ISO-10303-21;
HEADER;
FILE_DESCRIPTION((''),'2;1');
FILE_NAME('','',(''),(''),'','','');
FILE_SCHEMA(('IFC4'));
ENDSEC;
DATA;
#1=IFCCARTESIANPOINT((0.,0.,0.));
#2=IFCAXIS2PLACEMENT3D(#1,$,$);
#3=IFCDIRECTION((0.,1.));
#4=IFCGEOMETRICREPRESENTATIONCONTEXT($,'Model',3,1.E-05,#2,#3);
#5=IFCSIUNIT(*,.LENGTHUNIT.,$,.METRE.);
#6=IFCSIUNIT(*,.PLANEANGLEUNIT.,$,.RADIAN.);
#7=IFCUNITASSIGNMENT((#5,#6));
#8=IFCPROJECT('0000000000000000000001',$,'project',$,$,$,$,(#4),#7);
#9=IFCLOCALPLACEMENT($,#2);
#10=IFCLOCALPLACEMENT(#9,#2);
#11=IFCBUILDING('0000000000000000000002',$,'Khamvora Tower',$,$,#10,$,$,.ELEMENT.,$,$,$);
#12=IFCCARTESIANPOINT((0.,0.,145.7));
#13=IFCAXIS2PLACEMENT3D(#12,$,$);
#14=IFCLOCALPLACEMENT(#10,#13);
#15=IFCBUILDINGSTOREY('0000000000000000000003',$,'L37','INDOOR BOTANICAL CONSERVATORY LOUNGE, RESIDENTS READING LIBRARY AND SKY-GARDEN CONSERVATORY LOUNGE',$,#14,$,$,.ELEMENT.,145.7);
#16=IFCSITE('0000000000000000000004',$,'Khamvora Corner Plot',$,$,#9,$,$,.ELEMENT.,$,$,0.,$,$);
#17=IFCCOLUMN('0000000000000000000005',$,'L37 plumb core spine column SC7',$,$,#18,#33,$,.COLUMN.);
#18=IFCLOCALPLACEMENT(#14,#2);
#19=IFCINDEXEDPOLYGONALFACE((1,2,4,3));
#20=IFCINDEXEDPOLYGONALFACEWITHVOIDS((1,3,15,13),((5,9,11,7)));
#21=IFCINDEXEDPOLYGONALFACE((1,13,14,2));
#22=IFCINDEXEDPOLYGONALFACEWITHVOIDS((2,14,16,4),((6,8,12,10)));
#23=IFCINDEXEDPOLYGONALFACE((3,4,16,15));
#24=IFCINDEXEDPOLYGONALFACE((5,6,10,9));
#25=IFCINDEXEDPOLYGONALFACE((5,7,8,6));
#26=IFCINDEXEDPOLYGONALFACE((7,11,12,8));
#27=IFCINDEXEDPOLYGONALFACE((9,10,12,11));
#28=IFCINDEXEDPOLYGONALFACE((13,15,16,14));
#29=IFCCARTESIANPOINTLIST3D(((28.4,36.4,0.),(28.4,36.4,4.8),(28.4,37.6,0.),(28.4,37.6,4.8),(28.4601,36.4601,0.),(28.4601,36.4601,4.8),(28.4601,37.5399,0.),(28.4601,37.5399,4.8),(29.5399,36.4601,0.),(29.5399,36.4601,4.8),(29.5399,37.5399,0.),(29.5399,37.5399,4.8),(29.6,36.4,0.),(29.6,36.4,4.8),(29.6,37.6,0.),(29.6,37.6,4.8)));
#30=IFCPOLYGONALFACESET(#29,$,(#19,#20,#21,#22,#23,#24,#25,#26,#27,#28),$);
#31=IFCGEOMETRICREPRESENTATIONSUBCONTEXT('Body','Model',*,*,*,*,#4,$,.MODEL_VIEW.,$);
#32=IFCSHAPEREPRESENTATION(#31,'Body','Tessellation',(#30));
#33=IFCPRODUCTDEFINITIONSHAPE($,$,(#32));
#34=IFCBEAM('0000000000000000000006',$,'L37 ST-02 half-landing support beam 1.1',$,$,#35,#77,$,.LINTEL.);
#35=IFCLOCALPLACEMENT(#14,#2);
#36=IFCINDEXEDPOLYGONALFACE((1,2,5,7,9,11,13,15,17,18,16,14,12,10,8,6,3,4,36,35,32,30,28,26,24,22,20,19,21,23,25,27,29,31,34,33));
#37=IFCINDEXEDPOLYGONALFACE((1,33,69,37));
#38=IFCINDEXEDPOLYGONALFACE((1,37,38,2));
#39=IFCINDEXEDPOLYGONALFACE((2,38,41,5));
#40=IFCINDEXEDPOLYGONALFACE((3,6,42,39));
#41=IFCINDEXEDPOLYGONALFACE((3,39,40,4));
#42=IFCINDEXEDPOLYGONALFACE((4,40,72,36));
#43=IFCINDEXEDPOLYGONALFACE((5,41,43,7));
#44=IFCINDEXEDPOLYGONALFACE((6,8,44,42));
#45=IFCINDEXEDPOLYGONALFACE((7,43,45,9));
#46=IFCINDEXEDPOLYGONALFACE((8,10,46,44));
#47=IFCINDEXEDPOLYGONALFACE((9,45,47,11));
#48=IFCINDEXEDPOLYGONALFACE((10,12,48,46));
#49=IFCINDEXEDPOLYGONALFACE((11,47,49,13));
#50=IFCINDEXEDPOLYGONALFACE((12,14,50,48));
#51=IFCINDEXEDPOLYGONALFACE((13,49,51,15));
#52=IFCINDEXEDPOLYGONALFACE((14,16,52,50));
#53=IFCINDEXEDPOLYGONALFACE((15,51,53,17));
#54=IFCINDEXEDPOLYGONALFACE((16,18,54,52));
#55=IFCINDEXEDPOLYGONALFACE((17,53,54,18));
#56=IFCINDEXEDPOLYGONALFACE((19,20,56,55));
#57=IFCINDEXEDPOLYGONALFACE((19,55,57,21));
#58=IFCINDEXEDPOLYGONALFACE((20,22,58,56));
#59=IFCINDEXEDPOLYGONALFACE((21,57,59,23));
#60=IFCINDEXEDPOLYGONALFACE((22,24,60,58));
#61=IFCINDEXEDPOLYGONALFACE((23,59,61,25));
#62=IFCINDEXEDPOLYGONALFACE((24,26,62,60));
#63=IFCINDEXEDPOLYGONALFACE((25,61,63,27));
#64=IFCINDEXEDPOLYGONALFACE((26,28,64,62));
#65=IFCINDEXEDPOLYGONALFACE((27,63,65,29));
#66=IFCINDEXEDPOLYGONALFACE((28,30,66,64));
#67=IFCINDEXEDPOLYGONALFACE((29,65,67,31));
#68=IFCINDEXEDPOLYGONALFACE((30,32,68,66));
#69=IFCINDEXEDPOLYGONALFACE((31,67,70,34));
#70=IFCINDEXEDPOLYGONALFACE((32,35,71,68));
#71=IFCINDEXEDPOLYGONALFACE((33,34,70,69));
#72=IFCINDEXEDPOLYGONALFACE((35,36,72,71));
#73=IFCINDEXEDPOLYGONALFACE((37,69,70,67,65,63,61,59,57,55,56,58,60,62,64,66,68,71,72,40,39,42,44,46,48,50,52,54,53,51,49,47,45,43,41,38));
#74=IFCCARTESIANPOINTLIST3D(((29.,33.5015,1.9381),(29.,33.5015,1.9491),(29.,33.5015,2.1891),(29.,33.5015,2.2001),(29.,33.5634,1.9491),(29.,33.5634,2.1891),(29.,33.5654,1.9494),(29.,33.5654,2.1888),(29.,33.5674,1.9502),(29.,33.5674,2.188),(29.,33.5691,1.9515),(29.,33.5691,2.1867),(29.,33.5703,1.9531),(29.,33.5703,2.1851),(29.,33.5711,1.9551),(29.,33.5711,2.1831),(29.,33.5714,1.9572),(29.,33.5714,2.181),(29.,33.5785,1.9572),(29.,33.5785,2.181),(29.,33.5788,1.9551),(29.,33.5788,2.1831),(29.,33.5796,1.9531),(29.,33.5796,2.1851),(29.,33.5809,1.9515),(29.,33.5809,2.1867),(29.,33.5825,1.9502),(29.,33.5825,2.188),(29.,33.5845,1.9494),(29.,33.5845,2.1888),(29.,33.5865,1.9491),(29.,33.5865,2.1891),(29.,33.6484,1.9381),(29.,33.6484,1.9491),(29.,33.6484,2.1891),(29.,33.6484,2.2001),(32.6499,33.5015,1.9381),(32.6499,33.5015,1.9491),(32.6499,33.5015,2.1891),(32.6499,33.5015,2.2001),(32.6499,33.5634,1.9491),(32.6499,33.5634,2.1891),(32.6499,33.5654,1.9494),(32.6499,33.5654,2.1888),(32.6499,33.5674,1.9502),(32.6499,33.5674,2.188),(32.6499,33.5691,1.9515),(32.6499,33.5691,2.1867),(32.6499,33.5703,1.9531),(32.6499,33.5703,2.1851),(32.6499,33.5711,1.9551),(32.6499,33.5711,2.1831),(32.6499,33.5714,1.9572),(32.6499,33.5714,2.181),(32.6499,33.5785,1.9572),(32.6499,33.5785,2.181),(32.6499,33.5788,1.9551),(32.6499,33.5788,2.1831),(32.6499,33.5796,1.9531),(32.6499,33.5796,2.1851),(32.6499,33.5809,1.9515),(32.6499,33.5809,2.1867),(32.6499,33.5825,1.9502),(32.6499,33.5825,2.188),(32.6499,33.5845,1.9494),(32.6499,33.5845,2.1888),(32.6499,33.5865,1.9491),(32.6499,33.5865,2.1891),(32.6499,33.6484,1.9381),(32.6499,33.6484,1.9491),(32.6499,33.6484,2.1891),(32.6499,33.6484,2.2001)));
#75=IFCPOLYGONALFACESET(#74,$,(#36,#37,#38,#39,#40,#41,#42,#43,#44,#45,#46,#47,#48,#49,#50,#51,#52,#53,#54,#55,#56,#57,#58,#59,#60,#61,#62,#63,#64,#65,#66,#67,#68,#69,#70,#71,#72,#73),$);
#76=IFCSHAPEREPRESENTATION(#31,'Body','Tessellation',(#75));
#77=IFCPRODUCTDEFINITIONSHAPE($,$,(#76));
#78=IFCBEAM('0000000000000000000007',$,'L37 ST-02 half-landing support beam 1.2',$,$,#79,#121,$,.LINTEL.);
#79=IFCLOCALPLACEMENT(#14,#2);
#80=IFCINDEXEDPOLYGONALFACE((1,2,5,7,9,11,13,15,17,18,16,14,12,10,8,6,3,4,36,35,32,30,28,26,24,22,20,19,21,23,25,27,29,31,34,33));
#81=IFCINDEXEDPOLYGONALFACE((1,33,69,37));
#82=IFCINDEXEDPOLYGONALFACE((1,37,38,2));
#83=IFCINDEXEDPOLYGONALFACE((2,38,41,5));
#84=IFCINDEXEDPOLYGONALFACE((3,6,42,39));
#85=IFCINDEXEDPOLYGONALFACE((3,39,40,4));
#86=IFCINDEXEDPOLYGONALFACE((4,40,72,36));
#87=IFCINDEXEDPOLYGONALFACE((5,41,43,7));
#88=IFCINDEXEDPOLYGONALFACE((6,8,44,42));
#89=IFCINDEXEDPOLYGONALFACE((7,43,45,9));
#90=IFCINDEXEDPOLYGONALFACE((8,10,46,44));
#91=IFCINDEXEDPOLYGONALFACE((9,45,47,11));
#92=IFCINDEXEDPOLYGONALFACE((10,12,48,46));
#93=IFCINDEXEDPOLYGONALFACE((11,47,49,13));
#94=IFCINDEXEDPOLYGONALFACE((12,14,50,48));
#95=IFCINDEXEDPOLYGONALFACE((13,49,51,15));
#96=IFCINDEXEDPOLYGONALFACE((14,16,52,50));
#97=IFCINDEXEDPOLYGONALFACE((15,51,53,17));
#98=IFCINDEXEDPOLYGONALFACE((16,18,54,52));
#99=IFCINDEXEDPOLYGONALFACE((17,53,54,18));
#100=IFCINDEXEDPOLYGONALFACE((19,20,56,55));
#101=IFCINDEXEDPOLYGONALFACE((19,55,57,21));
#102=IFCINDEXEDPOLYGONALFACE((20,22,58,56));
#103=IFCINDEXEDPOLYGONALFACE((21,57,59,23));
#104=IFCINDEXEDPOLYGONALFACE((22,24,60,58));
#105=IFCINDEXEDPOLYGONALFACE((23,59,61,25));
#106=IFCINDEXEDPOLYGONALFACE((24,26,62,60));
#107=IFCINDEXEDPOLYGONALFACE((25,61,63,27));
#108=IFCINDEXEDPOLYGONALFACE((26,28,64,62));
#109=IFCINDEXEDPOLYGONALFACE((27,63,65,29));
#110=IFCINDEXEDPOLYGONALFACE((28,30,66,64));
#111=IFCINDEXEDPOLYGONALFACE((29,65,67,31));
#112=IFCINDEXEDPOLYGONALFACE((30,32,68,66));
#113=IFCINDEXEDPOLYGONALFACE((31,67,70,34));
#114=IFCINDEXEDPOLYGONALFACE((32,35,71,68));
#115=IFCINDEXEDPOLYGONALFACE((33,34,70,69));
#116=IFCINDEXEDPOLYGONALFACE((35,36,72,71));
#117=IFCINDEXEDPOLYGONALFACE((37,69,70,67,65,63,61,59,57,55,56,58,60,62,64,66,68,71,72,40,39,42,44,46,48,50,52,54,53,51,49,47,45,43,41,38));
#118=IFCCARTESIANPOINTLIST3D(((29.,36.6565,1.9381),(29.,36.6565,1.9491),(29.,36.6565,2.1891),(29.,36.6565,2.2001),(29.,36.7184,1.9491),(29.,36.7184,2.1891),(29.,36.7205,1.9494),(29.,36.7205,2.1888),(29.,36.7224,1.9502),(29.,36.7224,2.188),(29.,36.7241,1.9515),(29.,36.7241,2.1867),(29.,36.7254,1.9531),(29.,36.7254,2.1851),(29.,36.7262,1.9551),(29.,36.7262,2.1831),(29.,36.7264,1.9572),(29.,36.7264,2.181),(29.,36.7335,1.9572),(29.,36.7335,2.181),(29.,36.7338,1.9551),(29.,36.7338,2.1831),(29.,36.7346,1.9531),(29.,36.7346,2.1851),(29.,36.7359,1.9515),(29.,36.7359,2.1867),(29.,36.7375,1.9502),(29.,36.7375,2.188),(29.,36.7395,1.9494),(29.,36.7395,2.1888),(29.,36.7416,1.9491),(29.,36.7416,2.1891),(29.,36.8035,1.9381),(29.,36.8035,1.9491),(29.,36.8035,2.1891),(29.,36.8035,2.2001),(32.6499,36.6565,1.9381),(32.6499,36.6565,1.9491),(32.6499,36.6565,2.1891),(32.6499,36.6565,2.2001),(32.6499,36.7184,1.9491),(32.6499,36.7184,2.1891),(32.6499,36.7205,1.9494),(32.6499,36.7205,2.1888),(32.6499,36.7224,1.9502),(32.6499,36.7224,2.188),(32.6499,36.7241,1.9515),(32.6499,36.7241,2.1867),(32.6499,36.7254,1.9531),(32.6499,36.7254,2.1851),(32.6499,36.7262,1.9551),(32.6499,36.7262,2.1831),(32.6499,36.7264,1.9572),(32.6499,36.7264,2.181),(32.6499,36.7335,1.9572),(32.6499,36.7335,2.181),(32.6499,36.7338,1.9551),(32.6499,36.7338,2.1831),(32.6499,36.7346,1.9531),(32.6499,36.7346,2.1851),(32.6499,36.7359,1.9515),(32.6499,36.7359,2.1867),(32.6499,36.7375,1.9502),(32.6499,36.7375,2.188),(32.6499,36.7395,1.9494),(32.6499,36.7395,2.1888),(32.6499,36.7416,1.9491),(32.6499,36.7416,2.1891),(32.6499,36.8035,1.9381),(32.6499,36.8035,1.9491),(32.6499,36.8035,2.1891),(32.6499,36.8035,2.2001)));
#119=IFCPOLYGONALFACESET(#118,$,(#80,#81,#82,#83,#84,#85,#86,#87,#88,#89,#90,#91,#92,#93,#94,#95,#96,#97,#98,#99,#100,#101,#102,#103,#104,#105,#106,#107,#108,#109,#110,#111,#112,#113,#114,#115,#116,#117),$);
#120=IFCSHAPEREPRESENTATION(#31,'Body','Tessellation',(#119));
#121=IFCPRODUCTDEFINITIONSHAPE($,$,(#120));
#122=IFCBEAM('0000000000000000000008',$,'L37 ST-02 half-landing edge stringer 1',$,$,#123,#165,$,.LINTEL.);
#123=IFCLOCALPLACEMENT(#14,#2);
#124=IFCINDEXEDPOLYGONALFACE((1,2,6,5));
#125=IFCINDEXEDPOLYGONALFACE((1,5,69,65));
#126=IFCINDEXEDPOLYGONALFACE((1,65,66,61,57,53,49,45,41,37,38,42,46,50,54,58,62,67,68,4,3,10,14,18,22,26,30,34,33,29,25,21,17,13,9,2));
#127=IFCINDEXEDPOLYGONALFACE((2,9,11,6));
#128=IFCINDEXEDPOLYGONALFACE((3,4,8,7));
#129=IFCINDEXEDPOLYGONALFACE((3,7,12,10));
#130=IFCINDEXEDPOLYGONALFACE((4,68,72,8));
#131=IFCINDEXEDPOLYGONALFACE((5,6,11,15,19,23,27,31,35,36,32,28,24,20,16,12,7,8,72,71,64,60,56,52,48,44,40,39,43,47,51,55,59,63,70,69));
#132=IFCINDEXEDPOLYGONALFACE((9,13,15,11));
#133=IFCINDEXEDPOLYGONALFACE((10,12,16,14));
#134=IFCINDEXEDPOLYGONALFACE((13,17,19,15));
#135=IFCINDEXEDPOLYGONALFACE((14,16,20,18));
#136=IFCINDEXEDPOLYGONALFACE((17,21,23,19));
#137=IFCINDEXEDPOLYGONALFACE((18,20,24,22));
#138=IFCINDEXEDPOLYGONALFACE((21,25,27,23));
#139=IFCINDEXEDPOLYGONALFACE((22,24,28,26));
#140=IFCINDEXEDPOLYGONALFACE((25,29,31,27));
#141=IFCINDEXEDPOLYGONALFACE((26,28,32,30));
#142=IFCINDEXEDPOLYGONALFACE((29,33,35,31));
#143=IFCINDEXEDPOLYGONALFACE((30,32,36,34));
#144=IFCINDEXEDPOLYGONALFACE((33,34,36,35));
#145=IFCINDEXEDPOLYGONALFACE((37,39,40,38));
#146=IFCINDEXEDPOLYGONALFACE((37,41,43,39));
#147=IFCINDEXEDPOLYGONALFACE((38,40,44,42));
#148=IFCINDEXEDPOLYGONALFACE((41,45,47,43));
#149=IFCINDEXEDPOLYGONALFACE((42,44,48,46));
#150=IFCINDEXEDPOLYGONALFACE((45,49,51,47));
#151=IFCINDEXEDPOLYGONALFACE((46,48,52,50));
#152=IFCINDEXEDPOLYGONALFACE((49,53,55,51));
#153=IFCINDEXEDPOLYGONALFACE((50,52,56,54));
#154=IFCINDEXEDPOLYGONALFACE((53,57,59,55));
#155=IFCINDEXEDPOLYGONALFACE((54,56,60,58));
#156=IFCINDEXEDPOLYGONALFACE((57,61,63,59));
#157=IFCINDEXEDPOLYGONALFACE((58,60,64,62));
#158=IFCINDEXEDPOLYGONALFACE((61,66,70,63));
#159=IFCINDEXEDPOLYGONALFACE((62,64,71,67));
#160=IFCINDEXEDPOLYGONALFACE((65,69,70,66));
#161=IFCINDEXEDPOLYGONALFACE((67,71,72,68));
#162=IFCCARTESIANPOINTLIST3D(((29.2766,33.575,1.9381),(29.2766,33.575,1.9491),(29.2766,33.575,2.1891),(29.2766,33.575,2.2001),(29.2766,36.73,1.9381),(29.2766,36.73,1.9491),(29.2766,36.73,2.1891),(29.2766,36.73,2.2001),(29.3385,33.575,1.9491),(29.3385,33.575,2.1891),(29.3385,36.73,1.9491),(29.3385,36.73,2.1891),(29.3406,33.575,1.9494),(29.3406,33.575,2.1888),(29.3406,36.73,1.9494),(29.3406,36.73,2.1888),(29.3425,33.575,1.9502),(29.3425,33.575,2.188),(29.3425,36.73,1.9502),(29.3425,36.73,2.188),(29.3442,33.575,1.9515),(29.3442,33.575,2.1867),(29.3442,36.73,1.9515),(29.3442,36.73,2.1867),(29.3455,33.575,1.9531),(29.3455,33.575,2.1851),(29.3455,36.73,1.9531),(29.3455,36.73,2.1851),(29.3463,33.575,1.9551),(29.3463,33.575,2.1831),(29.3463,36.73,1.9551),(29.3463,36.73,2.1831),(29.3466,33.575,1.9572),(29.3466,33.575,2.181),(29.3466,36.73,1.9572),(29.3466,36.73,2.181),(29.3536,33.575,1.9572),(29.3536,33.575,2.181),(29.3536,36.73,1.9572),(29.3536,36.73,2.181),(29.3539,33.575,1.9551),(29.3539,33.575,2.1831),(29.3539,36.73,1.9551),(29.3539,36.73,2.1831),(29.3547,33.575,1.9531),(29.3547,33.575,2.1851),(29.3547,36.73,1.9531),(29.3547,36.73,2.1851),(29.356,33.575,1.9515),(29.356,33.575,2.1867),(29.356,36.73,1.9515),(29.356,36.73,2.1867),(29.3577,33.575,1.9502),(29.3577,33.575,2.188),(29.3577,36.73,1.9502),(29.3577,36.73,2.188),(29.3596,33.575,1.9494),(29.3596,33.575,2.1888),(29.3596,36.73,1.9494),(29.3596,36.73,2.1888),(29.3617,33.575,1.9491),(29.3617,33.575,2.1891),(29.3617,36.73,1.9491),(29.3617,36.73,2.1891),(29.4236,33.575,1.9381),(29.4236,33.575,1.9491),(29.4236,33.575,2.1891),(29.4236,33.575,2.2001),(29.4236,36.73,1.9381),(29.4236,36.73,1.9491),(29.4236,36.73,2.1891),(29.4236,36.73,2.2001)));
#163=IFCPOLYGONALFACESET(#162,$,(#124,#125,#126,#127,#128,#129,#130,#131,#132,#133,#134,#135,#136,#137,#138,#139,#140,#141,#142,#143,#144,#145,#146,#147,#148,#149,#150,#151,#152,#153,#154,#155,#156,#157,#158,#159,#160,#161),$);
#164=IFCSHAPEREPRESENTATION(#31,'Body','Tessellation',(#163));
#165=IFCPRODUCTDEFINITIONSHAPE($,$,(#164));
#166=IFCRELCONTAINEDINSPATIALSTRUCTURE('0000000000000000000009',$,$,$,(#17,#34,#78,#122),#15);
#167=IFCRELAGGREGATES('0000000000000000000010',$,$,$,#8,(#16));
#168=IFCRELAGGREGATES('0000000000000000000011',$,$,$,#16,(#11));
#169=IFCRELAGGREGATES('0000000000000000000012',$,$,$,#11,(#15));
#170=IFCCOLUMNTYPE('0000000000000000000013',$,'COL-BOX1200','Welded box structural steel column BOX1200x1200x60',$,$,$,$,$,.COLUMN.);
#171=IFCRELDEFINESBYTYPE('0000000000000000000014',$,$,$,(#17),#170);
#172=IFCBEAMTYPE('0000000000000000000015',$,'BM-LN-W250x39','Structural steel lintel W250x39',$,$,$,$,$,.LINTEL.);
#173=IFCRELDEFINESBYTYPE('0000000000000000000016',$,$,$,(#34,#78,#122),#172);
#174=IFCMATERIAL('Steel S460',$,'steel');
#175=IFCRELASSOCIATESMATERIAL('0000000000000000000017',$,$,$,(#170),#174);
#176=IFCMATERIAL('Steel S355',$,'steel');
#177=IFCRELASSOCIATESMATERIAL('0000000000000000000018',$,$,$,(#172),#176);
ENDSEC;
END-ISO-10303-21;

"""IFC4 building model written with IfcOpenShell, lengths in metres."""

from ifc_helpers import new_model, si_unit, direction, frame, origin, origin_2d, place, context, subcontext, project, spatial, hollow_rectangle, i_section, extrude, material, material_profile, profile_set, type_object, element, save


model = new_model("IFC4")

# Units and contexts
model_context = context("Model", 3, precision=1e-05, world=origin(), true_north=direction((0.0, 1.0)))
body_context = subcontext(model_context, "Body", "Model", "MODEL_VIEW")
ifc_project = project(units=[si_unit("LENGTHUNIT", "METRE"), si_unit("PLANEANGLEUNIT", "RADIAN")], contexts=[model_context])

# Site, building, storey
site_placement = place(None, origin())
site = spatial("IfcSite", under=ifc_project, at=site_placement, Name="Khamvora Corner Plot", CompositionType="ELEMENT", RefElevation=0.0)
building_placement = place(site_placement, origin())
building = spatial("IfcBuilding", under=site, at=building_placement, Name="Khamvora Tower", CompositionType="ELEMENT")
storey_placement = place(building_placement, frame((0.0, 0.0, 145.7)))
storey = spatial("IfcBuildingStorey", under=building, at=storey_placement, Name="L37", Description="INDOOR BOTANICAL CONSERVATORY LOUNGE, RESIDENTS READING LIBRARY AND SKY-GARDEN CONSERVATORY LOUNGE", CompositionType="ELEMENT", Elevation=145.7)

# Column
ifc_material_1 = material(Name="Steel S460", Category="steel")
ifc_material_profile_1 = material_profile(ifc_material_1, hollow_rectangle(XDim=1.2, YDim=1.2, WallThickness=0.0601, at=origin_2d()), Name="BOX1200x1200x60")
ifc_profile_set_1 = profile_set([ifc_material_profile_1], Name="Steel S460")
column_type = type_object("IfcColumnType", Name="COL-BOX1200", Description="Welded box structural steel column BOX1200x1200x60", PredefinedType="COLUMN", material=ifc_profile_set_1)
column_placement = place(storey_placement, frame((29.0, 37.0, 0.0), z_axis=(0.0, 0.0, 1.0), x_axis=(1.0, 0.0, 0.0)))
element("IfcColumn", 1, at=column_placement, inside=storey, type_object=column_type, Name="L37 plumb core spine column SC7", PredefinedType="COLUMN", context=body_context, shape_type="SweptSolid", body=[
    extrude(hollow_rectangle(XDim=1.2, YDim=1.2, WallThickness=0.0601, at=origin_2d()), origin(), (0.0, 0.0, 1.0), 4.8),
])

# Beams
ifc_material_2 = material(Name="Steel S355", Category="steel")
ifc_material_profile_2 = material_profile(ifc_material_2, i_section(OverallWidth=0.147, OverallDepth=0.262, WebThickness=0.0071, FlangeThickness=0.011, FilletRadius=0.0081, at=origin_2d()), Name="W250x39")
ifc_profile_set_2 = profile_set([ifc_material_profile_2], Name="Steel S355")
beam_type_1 = type_object("IfcBeamType", Name="BM-LN-W250x39", Description="Structural steel lintel W250x39", PredefinedType="LINTEL", material=ifc_profile_set_2)
for number, where, z_axis, x_axis, name in (
    (2, (29.0, 33.575, 2.0691), (1.0, 0.0, 0.0), (0.0, 1.0, 0.0), "L37 ST-02 half-landing support beam 1.1"),
    (3, (29.0, 36.73, 2.0691), (1.0, 0.0, 0.0), (0.0, 1.0, 0.0), "L37 ST-02 half-landing support beam 1.2"),
):
    element("IfcBeam", number, at=place(storey_placement, frame(where, z_axis=z_axis, x_axis=x_axis)), inside=storey, type_object=beam_type_1, Name=name, PredefinedType="LINTEL", context=body_context, shape_type="SweptSolid", body=[
        extrude(i_section(OverallWidth=0.147, OverallDepth=0.262, WebThickness=0.0071, FlangeThickness=0.011, FilletRadius=0.0081, at=origin_2d()), origin(), (0.0, 0.0, 1.0), 3.6499),
    ])
beam_1_placement = place(storey_placement, frame((29.3501, 33.575, 2.0691), z_axis=(0.0, 1.0, 0.0), x_axis=(-1.0, 0.0, 0.0)))
element("IfcBeam", 4, at=beam_1_placement, inside=storey, type_object=beam_type_1, Name="L37 ST-02 half-landing edge stringer 1", PredefinedType="LINTEL", context=body_context, shape_type="SweptSolid", body=[
    extrude(i_section(OverallWidth=0.147, OverallDepth=0.262, WebThickness=0.0071, FlangeThickness=0.011, FilletRadius=0.0081, at=origin_2d()), origin(), (0.0, 0.0, 1.0), 3.155),
])

save(model, "model.ifc")
